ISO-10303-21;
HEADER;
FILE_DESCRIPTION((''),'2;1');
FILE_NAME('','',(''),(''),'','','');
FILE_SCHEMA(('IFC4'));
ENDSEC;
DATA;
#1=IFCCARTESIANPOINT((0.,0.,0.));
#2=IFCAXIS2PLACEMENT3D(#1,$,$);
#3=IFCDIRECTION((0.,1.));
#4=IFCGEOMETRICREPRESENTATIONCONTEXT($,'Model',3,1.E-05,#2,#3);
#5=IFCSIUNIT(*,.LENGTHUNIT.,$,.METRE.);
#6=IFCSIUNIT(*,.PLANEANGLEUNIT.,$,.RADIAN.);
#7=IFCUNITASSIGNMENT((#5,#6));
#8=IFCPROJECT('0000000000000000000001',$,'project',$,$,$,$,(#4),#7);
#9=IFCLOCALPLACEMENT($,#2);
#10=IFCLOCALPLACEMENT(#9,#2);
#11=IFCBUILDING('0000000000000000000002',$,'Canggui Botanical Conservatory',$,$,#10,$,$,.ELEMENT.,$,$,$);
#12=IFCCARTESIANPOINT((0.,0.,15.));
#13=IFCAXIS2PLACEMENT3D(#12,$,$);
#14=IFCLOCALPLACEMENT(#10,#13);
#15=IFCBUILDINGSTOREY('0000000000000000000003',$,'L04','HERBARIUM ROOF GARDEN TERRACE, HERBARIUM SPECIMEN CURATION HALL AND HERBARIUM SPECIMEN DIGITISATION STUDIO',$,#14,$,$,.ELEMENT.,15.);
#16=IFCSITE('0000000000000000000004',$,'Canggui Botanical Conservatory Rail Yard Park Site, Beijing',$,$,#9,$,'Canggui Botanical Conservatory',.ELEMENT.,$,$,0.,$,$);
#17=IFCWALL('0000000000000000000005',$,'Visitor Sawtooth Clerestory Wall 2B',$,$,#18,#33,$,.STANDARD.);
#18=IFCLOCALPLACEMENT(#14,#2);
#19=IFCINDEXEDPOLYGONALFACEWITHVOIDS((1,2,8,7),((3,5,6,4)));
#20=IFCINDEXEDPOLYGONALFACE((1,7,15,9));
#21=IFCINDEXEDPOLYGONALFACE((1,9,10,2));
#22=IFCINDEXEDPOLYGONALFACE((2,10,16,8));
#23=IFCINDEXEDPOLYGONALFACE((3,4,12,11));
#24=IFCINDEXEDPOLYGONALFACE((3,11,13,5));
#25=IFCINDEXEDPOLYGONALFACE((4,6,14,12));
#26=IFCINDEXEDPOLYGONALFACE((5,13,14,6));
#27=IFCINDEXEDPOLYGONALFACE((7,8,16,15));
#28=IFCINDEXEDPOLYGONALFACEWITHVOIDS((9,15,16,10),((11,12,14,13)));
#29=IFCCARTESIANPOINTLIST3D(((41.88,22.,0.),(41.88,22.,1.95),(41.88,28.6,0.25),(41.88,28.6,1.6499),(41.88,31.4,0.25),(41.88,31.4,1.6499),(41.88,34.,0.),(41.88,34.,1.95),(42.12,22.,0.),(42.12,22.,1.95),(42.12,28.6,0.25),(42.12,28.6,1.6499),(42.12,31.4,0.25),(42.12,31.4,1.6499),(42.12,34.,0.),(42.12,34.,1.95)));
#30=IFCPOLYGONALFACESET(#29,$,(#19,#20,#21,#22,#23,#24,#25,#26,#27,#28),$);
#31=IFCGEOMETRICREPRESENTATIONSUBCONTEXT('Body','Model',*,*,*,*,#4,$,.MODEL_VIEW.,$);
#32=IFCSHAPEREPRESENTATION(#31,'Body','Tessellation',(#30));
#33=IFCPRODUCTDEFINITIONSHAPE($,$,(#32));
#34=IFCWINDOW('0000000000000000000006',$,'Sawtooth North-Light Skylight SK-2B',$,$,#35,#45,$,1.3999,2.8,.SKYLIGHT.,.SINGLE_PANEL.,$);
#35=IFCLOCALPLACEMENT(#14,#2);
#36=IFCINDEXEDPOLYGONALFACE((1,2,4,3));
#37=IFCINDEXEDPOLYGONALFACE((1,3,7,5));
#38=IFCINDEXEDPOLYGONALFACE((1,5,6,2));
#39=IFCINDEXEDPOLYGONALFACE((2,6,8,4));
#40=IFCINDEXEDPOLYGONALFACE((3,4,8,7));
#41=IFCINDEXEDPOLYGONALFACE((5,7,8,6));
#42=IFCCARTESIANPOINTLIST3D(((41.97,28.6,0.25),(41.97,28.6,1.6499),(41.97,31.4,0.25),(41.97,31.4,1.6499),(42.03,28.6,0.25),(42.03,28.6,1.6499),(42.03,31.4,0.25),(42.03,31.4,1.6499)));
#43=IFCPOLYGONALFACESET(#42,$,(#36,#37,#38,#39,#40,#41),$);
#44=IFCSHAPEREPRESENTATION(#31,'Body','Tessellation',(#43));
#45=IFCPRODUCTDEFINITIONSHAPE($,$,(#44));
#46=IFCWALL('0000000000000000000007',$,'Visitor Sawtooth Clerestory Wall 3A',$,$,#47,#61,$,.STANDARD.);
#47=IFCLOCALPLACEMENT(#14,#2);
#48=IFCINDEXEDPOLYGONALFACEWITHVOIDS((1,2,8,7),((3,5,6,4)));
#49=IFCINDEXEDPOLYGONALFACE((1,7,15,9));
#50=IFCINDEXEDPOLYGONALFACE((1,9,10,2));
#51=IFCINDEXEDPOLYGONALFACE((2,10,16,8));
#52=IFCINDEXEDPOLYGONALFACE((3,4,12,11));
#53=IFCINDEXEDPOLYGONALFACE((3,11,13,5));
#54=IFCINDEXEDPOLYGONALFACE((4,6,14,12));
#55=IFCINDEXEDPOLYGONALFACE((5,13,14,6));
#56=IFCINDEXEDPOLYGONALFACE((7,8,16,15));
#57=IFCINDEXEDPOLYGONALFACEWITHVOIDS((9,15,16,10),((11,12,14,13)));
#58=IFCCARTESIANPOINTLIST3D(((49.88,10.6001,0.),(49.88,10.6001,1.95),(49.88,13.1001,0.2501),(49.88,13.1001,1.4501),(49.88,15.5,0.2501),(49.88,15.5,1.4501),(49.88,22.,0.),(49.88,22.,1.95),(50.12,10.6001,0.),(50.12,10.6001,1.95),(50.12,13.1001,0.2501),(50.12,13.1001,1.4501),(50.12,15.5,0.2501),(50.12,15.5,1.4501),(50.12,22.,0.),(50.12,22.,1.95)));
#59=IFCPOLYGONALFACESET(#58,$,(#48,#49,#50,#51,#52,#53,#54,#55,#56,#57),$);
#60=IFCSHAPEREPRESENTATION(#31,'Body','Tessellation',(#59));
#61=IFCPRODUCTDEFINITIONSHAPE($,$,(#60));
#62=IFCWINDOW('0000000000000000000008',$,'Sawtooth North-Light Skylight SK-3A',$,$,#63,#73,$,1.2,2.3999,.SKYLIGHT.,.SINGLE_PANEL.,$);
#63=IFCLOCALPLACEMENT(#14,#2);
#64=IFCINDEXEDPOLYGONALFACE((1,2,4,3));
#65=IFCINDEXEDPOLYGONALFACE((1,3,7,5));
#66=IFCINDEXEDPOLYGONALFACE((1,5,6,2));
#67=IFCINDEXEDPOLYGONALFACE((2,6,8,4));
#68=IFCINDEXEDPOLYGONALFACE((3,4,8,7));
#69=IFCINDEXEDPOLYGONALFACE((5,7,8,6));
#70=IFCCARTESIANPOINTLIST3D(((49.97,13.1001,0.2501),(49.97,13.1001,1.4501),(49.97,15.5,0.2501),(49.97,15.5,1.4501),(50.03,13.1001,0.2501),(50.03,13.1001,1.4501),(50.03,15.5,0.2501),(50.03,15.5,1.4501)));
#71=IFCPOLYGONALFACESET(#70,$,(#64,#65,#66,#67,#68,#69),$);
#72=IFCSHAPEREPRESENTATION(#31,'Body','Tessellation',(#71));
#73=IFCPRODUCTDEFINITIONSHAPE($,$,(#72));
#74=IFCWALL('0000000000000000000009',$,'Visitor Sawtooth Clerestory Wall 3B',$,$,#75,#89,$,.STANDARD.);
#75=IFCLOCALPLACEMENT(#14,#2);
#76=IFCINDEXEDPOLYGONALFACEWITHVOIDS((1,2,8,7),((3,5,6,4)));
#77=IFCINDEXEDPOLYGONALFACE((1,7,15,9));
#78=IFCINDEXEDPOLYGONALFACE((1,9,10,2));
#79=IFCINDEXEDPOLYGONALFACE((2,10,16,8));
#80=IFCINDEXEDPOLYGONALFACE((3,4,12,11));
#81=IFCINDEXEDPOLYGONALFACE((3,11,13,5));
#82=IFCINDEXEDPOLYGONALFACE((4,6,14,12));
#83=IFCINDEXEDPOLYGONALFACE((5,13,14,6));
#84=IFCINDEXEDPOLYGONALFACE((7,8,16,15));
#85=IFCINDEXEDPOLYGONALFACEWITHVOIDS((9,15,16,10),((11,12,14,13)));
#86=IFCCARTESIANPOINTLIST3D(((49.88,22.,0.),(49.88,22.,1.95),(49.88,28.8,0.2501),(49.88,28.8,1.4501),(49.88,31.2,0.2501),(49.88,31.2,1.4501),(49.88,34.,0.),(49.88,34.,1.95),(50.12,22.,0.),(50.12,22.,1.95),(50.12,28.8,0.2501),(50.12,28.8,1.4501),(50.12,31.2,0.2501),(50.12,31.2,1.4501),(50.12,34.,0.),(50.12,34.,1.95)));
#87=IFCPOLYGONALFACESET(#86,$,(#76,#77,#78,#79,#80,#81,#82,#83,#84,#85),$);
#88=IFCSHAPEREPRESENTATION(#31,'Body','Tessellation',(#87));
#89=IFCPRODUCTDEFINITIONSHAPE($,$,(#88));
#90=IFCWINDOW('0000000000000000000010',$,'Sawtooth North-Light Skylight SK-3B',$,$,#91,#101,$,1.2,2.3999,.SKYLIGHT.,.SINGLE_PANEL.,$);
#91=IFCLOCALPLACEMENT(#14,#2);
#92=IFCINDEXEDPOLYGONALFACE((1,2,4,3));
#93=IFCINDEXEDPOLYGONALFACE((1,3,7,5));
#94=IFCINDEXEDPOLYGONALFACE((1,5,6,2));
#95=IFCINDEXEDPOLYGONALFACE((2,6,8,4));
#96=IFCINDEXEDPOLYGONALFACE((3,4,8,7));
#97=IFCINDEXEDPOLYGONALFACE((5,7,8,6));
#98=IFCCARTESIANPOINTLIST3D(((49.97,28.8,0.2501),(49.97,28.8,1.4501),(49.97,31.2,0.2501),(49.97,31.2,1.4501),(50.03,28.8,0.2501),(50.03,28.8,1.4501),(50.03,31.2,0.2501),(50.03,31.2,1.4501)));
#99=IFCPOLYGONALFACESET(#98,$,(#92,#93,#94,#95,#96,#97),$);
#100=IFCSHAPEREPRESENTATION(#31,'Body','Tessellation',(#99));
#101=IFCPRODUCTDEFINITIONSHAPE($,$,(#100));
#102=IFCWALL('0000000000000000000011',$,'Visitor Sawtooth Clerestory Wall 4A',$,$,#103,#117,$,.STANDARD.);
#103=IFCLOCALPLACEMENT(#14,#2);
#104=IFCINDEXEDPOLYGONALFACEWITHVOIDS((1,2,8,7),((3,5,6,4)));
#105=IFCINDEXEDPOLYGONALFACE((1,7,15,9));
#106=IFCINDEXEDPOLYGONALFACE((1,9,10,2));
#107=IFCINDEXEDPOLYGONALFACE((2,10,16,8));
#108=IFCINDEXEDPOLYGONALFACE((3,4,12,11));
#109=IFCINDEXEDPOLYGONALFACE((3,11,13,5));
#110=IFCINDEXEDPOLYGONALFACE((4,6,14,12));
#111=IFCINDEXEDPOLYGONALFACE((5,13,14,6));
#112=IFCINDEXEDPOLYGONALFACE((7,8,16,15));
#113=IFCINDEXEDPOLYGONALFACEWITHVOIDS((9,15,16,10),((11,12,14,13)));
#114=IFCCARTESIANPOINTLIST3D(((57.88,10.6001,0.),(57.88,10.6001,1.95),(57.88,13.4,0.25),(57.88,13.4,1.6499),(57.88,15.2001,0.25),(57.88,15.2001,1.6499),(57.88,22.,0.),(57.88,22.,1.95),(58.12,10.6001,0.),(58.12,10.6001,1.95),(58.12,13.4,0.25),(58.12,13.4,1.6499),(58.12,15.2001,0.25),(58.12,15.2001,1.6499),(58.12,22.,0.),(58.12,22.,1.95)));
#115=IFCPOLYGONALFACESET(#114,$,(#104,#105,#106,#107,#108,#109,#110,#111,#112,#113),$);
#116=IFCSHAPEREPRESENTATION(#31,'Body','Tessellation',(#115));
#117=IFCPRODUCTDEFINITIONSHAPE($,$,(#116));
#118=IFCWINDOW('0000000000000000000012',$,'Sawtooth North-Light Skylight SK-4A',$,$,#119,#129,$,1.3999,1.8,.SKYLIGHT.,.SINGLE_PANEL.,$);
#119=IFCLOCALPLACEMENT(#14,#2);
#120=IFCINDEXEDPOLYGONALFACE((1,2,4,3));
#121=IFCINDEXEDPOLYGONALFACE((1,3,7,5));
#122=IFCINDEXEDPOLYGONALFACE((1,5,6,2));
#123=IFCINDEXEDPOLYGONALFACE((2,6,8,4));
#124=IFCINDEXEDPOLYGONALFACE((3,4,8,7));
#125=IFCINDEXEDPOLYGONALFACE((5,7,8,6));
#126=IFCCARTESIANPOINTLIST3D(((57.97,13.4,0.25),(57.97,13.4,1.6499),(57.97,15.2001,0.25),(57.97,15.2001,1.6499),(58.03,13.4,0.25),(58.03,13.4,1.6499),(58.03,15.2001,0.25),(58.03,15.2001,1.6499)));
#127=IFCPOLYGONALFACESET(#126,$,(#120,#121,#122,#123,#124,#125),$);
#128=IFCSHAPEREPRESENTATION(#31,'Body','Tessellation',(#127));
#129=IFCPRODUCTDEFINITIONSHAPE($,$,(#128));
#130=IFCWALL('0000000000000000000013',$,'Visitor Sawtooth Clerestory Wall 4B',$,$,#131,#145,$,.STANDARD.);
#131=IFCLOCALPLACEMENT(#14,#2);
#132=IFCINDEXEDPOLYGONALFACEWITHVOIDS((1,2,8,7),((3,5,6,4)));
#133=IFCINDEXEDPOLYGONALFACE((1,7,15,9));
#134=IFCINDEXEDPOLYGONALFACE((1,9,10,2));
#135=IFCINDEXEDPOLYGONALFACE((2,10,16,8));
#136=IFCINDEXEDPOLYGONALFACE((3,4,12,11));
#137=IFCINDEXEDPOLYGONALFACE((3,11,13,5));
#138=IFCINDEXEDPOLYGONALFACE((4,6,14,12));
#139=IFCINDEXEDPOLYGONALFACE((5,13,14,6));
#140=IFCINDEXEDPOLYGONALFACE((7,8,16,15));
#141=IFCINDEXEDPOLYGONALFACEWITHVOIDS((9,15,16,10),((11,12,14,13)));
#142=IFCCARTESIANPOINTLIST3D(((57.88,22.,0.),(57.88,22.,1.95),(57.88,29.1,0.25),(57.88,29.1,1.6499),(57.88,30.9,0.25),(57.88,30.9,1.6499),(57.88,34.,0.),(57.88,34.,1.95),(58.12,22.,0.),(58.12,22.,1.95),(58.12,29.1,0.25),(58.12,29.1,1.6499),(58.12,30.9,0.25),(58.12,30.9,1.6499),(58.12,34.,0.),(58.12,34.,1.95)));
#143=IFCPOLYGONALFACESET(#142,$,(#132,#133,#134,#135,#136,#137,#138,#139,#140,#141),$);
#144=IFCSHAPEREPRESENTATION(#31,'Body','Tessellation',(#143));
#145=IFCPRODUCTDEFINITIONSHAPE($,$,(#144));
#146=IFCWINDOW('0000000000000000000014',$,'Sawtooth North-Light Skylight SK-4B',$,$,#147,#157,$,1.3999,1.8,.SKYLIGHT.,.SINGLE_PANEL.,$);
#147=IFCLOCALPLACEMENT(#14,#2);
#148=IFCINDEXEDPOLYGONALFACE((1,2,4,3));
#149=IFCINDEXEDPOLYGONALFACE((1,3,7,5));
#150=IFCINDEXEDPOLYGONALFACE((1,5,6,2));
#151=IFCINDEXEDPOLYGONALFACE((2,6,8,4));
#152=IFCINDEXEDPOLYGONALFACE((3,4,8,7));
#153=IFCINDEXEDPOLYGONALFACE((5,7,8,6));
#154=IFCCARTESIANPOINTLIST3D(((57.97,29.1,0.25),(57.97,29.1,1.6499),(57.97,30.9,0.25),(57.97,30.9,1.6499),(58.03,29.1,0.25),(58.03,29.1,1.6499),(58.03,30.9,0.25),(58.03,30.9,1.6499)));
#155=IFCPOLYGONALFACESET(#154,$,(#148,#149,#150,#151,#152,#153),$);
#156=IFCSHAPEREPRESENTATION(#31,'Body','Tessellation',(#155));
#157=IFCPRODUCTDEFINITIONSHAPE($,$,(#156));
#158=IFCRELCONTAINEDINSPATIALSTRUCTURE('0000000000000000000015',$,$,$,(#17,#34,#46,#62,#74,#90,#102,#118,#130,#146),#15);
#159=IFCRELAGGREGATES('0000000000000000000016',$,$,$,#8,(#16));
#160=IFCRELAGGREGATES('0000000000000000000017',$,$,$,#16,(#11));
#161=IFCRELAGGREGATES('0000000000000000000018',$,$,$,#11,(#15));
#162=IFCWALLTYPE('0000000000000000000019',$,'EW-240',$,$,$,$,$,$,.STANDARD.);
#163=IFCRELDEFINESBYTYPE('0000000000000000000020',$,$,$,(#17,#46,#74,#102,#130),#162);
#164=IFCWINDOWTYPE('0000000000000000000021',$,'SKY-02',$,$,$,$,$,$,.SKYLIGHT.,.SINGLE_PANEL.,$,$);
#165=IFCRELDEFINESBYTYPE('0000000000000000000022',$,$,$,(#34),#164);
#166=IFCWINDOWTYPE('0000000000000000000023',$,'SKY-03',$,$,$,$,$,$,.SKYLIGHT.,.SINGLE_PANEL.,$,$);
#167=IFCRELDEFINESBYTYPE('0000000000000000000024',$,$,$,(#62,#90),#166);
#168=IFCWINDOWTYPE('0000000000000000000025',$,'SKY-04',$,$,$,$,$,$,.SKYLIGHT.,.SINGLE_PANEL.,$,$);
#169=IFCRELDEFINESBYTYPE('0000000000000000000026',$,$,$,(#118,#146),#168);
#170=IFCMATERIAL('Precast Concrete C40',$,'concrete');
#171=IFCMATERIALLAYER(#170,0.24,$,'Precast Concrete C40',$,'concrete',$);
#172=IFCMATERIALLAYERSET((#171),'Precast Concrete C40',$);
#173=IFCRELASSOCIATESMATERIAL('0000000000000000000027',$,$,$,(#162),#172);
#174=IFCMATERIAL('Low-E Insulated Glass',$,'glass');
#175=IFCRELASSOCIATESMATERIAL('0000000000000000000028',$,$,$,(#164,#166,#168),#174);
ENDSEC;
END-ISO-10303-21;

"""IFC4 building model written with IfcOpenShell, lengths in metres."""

from ifc_helpers import new_model, si_unit, direction, frame, frame_2d, origin, place, context, subcontext, project, spatial, rectangle, extrude, material, layer, layer_set, type_object, element, fill, save


model = new_model("IFC4")

# Units and contexts
model_context = context("Model", 3, precision=1e-05, world=origin(), true_north=direction((0.0, 1.0)))
body_context = subcontext(model_context, "Body", "Model", "MODEL_VIEW")
ifc_project = project(units=[si_unit("LENGTHUNIT", "METRE"), si_unit("PLANEANGLEUNIT", "RADIAN")], contexts=[model_context])

# Site, building, storey
site_placement = place(None, origin())
site = spatial("IfcSite", under=ifc_project, at=site_placement, Name="Canggui Botanical Conservatory Rail Yard Park Site, Beijing", LongName="Canggui Botanical Conservatory", CompositionType="ELEMENT", RefElevation=0.0)
building_placement = place(site_placement, origin())
building = spatial("IfcBuilding", under=site, at=building_placement, Name="Canggui Botanical Conservatory", CompositionType="ELEMENT")
storey_placement = place(building_placement, frame((0.0, 0.0, 15.0)))
storey = spatial("IfcBuildingStorey", under=building, at=storey_placement, Name="L04", Description="HERBARIUM ROOF GARDEN TERRACE, HERBARIUM SPECIMEN CURATION HALL AND HERBARIUM SPECIMEN DIGITISATION STUDIO", CompositionType="ELEMENT", Elevation=15.0)

# Walls, openings, windows
ifc_material_1 = material(Name="Precast Concrete C40", Category="concrete")
ifc_layer_1 = layer(ifc_material_1, 0.24, Name="Precast Concrete C40", Category="concrete")
ifc_layer_set_1 = layer_set([ifc_layer_1], Name="Precast Concrete C40")
wall_type = type_object("IfcWallType", Name="EW-240", PredefinedType="STANDARD", material=ifc_layer_set_1)
ifc_material_2 = material(Name="Low-E Insulated Glass", Category="glass")
window_type_1 = type_object("IfcWindowType", Name="SKY-02", PartitioningType="SINGLE_PANEL", PredefinedType="SKYLIGHT", material=ifc_material_2)
wall_1_placement = place(storey_placement, frame((42.0, 22.0, 0.0), z_axis=(0.0, 0.0, 1.0), x_axis=(0.0, 1.0, 0.0)))
wall_1 = element("IfcWall", 1, at=wall_1_placement, inside=storey, type_object=wall_type, Name="Visitor Sawtooth Clerestory Wall 2B", PredefinedType="STANDARD", context=body_context, shape_type="SweptSolid", body=[
    extrude(rectangle(XDim=12.0, YDim=0.24, at=frame_2d((6.0, 0.0))), origin(), (0.0, 0.0, 1.0), 1.95),
])
opening_1_placement = place(wall_1_placement, frame((6.6001, 0.0, 0.25)))
opening_1 = element("IfcOpeningElement", 2, at=opening_1_placement, cuts=wall_1, PredefinedType="OPENING", context=body_context, shape_type="SweptSolid", body=[
    extrude(rectangle(XDim=2.8, YDim=1.3999, at=frame_2d((1.3999, 0.7))), frame((0.0, 0.1299, 0.0), z_axis=(0.0, -1.0, 0.0), x_axis=(1.0, 0.0, 0.0)), (0.0, 0.0, 1.0), 0.26),
])
window_1_placement = place(opening_1_placement, origin())
window_1 = element("IfcWindow", 3, at=window_1_placement, inside=storey, type_object=window_type_1, Name="Sawtooth North-Light Skylight SK-2B", OverallHeight=1.3999, OverallWidth=2.8, PartitioningType="SINGLE_PANEL", PredefinedType="SKYLIGHT", context=body_context, shape_type="SweptSolid", body=[
    extrude(rectangle(XDim=2.8, YDim=1.3999, at=frame_2d((1.3999, 0.7))), frame((0.0, 0.03, 0.0), z_axis=(0.0, -1.0, 0.0), x_axis=(1.0, 0.0, 0.0)), (0.0, 0.0, 1.0), 0.0601),
])
fill(opening_1, window_1)
wall_2_placement = place(storey_placement, frame((50.0, 10.6001, 0.0), z_axis=(0.0, 0.0, 1.0), x_axis=(0.0, 1.0, 0.0)))
wall_2 = element("IfcWall", 4, at=wall_2_placement, inside=storey, type_object=wall_type, Name="Visitor Sawtooth Clerestory Wall 3A", PredefinedType="STANDARD", context=body_context, shape_type="SweptSolid", body=[
    extrude(rectangle(XDim=11.3999, YDim=0.24, at=frame_2d((5.7, 0.0))), origin(), (0.0, 0.0, 1.0), 1.95),
])
opening_2_placement = place(wall_2_placement, frame((2.5, 0.0, 0.25)))
opening_2 = element("IfcOpeningElement", 5, at=opening_2_placement, cuts=wall_2, PredefinedType="OPENING", context=body_context, shape_type="SweptSolid", body=[
    extrude(rectangle(XDim=2.3999, YDim=1.2, at=frame_2d((1.2, 0.6001))), frame((0.0, 0.1299, 0.0), z_axis=(0.0, -1.0, 0.0), x_axis=(1.0, 0.0, 0.0)), (0.0, 0.0, 1.0), 0.26),
])
window_type_2 = type_object("IfcWindowType", Name="SKY-03", PartitioningType="SINGLE_PANEL", PredefinedType="SKYLIGHT", material=ifc_material_2)
window_2_placement = place(opening_2_placement, origin())
window_2 = element("IfcWindow", 6, at=window_2_placement, inside=storey, type_object=window_type_2, Name="Sawtooth North-Light Skylight SK-3A", OverallHeight=1.2, OverallWidth=2.3999, PartitioningType="SINGLE_PANEL", PredefinedType="SKYLIGHT", context=body_context, shape_type="SweptSolid", body=[
    extrude(rectangle(XDim=2.3999, YDim=1.2, at=frame_2d((1.2, 0.6001))), frame((0.0, 0.03, 0.0), z_axis=(0.0, -1.0, 0.0), x_axis=(1.0, 0.0, 0.0)), (0.0, 0.0, 1.0), 0.0601),
])
fill(opening_2, window_2)
wall_3_placement = place(storey_placement, frame((50.0, 22.0, 0.0), z_axis=(0.0, 0.0, 1.0), x_axis=(0.0, 1.0, 0.0)))
wall_3 = element("IfcWall", 7, at=wall_3_placement, inside=storey, type_object=wall_type, Name="Visitor Sawtooth Clerestory Wall 3B", PredefinedType="STANDARD", context=body_context, shape_type="SweptSolid", body=[
    extrude(rectangle(XDim=12.0, YDim=0.24, at=frame_2d((6.0, 0.0))), origin(), (0.0, 0.0, 1.0), 1.95),
])
opening_3_placement = place(wall_3_placement, frame((6.8, 0.0, 0.25)))
opening_3 = element("IfcOpeningElement", 8, at=opening_3_placement, cuts=wall_3, PredefinedType="OPENING", context=body_context, shape_type="SweptSolid", body=[
    extrude(rectangle(XDim=2.3999, YDim=1.2, at=frame_2d((1.2, 0.6001))), frame((0.0, 0.1299, 0.0), z_axis=(0.0, -1.0, 0.0), x_axis=(1.0, 0.0, 0.0)), (0.0, 0.0, 1.0), 0.26),
])
window_3_placement = place(opening_3_placement, origin())
window_3 = element("IfcWindow", 9, at=window_3_placement, inside=storey, type_object=window_type_2, Name="Sawtooth North-Light Skylight SK-3B", OverallHeight=1.2, OverallWidth=2.3999, PartitioningType="SINGLE_PANEL", PredefinedType="SKYLIGHT", context=body_context, shape_type="SweptSolid", body=[
    extrude(rectangle(XDim=2.3999, YDim=1.2, at=frame_2d((1.2, 0.6001))), frame((0.0, 0.03, 0.0), z_axis=(0.0, -1.0, 0.0), x_axis=(1.0, 0.0, 0.0)), (0.0, 0.0, 1.0), 0.0601),
])
fill(opening_3, window_3)
wall_4_placement = place(storey_placement, frame((58.0, 10.6001, 0.0), z_axis=(0.0, 0.0, 1.0), x_axis=(0.0, 1.0, 0.0)))
wall_4 = element("IfcWall", 10, at=wall_4_placement, inside=storey, type_object=wall_type, Name="Visitor Sawtooth Clerestory Wall 4A", PredefinedType="STANDARD", context=body_context, shape_type="SweptSolid", body=[
    extrude(rectangle(XDim=11.3999, YDim=0.24, at=frame_2d((5.7, 0.0))), origin(), (0.0, 0.0, 1.0), 1.95),
])
opening_4_placement = place(wall_4_placement, frame((2.8, 0.0, 0.25)))
opening_4 = element("IfcOpeningElement", 11, at=opening_4_placement, cuts=wall_4, PredefinedType="OPENING", context=body_context, shape_type="SweptSolid", body=[
    extrude(rectangle(XDim=1.8, YDim=1.3999, at=frame_2d((0.8999, 0.7))), frame((0.0, 0.1299, 0.0), z_axis=(0.0, -1.0, 0.0), x_axis=(1.0, 0.0, 0.0)), (0.0, 0.0, 1.0), 0.26),
])
window_type_3 = type_object("IfcWindowType", Name="SKY-04", PartitioningType="SINGLE_PANEL", PredefinedType="SKYLIGHT", material=ifc_material_2)
window_4_placement = place(opening_4_placement, origin())
window_4 = element("IfcWindow", 12, at=window_4_placement, inside=storey, type_object=window_type_3, Name="Sawtooth North-Light Skylight SK-4A", OverallHeight=1.3999, OverallWidth=1.8, PartitioningType="SINGLE_PANEL", PredefinedType="SKYLIGHT", context=body_context, shape_type="SweptSolid", body=[
    extrude(rectangle(XDim=1.8, YDim=1.3999, at=frame_2d((0.8999, 0.7))), frame((0.0, 0.03, 0.0), z_axis=(0.0, -1.0, 0.0), x_axis=(1.0, 0.0, 0.0)), (0.0, 0.0, 1.0), 0.0601),
])
fill(opening_4, window_4)
wall_5_placement = place(storey_placement, frame((58.0, 22.0, 0.0), z_axis=(0.0, 0.0, 1.0), x_axis=(0.0, 1.0, 0.0)))
wall_5 = element("IfcWall", 13, at=wall_5_placement, inside=storey, type_object=wall_type, Name="Visitor Sawtooth Clerestory Wall 4B", PredefinedType="STANDARD", context=body_context, shape_type="SweptSolid", body=[
    extrude(rectangle(XDim=12.0, YDim=0.24, at=frame_2d((6.0, 0.0))), origin(), (0.0, 0.0, 1.0), 1.95),
])
opening_5_placement = place(wall_5_placement, frame((7.1001, 0.0, 0.25)))
opening_5 = element("IfcOpeningElement", 14, at=opening_5_placement, cuts=wall_5, PredefinedType="OPENING", context=body_context, shape_type="SweptSolid", body=[
    extrude(rectangle(XDim=1.8, YDim=1.3999, at=frame_2d((0.8999, 0.7))), frame((0.0, 0.1299, 0.0), z_axis=(0.0, -1.0, 0.0), x_axis=(1.0, 0.0, 0.0)), (0.0, 0.0, 1.0), 0.26),
])
window_5_placement = place(opening_5_placement, origin())
window_5 = element("IfcWindow", 15, at=window_5_placement, inside=storey, type_object=window_type_3, Name="Sawtooth North-Light Skylight SK-4B", OverallHeight=1.3999, OverallWidth=1.8, PartitioningType="SINGLE_PANEL", PredefinedType="SKYLIGHT", context=body_context, shape_type="SweptSolid", body=[
    extrude(rectangle(XDim=1.8, YDim=1.3999, at=frame_2d((0.8999, 0.7))), frame((0.0, 0.03, 0.0), z_axis=(0.0, -1.0, 0.0), x_axis=(1.0, 0.0, 0.0)), (0.0, 0.0, 1.0), 0.0601),
])
fill(opening_5, window_5)

save(model, "model.ifc")
